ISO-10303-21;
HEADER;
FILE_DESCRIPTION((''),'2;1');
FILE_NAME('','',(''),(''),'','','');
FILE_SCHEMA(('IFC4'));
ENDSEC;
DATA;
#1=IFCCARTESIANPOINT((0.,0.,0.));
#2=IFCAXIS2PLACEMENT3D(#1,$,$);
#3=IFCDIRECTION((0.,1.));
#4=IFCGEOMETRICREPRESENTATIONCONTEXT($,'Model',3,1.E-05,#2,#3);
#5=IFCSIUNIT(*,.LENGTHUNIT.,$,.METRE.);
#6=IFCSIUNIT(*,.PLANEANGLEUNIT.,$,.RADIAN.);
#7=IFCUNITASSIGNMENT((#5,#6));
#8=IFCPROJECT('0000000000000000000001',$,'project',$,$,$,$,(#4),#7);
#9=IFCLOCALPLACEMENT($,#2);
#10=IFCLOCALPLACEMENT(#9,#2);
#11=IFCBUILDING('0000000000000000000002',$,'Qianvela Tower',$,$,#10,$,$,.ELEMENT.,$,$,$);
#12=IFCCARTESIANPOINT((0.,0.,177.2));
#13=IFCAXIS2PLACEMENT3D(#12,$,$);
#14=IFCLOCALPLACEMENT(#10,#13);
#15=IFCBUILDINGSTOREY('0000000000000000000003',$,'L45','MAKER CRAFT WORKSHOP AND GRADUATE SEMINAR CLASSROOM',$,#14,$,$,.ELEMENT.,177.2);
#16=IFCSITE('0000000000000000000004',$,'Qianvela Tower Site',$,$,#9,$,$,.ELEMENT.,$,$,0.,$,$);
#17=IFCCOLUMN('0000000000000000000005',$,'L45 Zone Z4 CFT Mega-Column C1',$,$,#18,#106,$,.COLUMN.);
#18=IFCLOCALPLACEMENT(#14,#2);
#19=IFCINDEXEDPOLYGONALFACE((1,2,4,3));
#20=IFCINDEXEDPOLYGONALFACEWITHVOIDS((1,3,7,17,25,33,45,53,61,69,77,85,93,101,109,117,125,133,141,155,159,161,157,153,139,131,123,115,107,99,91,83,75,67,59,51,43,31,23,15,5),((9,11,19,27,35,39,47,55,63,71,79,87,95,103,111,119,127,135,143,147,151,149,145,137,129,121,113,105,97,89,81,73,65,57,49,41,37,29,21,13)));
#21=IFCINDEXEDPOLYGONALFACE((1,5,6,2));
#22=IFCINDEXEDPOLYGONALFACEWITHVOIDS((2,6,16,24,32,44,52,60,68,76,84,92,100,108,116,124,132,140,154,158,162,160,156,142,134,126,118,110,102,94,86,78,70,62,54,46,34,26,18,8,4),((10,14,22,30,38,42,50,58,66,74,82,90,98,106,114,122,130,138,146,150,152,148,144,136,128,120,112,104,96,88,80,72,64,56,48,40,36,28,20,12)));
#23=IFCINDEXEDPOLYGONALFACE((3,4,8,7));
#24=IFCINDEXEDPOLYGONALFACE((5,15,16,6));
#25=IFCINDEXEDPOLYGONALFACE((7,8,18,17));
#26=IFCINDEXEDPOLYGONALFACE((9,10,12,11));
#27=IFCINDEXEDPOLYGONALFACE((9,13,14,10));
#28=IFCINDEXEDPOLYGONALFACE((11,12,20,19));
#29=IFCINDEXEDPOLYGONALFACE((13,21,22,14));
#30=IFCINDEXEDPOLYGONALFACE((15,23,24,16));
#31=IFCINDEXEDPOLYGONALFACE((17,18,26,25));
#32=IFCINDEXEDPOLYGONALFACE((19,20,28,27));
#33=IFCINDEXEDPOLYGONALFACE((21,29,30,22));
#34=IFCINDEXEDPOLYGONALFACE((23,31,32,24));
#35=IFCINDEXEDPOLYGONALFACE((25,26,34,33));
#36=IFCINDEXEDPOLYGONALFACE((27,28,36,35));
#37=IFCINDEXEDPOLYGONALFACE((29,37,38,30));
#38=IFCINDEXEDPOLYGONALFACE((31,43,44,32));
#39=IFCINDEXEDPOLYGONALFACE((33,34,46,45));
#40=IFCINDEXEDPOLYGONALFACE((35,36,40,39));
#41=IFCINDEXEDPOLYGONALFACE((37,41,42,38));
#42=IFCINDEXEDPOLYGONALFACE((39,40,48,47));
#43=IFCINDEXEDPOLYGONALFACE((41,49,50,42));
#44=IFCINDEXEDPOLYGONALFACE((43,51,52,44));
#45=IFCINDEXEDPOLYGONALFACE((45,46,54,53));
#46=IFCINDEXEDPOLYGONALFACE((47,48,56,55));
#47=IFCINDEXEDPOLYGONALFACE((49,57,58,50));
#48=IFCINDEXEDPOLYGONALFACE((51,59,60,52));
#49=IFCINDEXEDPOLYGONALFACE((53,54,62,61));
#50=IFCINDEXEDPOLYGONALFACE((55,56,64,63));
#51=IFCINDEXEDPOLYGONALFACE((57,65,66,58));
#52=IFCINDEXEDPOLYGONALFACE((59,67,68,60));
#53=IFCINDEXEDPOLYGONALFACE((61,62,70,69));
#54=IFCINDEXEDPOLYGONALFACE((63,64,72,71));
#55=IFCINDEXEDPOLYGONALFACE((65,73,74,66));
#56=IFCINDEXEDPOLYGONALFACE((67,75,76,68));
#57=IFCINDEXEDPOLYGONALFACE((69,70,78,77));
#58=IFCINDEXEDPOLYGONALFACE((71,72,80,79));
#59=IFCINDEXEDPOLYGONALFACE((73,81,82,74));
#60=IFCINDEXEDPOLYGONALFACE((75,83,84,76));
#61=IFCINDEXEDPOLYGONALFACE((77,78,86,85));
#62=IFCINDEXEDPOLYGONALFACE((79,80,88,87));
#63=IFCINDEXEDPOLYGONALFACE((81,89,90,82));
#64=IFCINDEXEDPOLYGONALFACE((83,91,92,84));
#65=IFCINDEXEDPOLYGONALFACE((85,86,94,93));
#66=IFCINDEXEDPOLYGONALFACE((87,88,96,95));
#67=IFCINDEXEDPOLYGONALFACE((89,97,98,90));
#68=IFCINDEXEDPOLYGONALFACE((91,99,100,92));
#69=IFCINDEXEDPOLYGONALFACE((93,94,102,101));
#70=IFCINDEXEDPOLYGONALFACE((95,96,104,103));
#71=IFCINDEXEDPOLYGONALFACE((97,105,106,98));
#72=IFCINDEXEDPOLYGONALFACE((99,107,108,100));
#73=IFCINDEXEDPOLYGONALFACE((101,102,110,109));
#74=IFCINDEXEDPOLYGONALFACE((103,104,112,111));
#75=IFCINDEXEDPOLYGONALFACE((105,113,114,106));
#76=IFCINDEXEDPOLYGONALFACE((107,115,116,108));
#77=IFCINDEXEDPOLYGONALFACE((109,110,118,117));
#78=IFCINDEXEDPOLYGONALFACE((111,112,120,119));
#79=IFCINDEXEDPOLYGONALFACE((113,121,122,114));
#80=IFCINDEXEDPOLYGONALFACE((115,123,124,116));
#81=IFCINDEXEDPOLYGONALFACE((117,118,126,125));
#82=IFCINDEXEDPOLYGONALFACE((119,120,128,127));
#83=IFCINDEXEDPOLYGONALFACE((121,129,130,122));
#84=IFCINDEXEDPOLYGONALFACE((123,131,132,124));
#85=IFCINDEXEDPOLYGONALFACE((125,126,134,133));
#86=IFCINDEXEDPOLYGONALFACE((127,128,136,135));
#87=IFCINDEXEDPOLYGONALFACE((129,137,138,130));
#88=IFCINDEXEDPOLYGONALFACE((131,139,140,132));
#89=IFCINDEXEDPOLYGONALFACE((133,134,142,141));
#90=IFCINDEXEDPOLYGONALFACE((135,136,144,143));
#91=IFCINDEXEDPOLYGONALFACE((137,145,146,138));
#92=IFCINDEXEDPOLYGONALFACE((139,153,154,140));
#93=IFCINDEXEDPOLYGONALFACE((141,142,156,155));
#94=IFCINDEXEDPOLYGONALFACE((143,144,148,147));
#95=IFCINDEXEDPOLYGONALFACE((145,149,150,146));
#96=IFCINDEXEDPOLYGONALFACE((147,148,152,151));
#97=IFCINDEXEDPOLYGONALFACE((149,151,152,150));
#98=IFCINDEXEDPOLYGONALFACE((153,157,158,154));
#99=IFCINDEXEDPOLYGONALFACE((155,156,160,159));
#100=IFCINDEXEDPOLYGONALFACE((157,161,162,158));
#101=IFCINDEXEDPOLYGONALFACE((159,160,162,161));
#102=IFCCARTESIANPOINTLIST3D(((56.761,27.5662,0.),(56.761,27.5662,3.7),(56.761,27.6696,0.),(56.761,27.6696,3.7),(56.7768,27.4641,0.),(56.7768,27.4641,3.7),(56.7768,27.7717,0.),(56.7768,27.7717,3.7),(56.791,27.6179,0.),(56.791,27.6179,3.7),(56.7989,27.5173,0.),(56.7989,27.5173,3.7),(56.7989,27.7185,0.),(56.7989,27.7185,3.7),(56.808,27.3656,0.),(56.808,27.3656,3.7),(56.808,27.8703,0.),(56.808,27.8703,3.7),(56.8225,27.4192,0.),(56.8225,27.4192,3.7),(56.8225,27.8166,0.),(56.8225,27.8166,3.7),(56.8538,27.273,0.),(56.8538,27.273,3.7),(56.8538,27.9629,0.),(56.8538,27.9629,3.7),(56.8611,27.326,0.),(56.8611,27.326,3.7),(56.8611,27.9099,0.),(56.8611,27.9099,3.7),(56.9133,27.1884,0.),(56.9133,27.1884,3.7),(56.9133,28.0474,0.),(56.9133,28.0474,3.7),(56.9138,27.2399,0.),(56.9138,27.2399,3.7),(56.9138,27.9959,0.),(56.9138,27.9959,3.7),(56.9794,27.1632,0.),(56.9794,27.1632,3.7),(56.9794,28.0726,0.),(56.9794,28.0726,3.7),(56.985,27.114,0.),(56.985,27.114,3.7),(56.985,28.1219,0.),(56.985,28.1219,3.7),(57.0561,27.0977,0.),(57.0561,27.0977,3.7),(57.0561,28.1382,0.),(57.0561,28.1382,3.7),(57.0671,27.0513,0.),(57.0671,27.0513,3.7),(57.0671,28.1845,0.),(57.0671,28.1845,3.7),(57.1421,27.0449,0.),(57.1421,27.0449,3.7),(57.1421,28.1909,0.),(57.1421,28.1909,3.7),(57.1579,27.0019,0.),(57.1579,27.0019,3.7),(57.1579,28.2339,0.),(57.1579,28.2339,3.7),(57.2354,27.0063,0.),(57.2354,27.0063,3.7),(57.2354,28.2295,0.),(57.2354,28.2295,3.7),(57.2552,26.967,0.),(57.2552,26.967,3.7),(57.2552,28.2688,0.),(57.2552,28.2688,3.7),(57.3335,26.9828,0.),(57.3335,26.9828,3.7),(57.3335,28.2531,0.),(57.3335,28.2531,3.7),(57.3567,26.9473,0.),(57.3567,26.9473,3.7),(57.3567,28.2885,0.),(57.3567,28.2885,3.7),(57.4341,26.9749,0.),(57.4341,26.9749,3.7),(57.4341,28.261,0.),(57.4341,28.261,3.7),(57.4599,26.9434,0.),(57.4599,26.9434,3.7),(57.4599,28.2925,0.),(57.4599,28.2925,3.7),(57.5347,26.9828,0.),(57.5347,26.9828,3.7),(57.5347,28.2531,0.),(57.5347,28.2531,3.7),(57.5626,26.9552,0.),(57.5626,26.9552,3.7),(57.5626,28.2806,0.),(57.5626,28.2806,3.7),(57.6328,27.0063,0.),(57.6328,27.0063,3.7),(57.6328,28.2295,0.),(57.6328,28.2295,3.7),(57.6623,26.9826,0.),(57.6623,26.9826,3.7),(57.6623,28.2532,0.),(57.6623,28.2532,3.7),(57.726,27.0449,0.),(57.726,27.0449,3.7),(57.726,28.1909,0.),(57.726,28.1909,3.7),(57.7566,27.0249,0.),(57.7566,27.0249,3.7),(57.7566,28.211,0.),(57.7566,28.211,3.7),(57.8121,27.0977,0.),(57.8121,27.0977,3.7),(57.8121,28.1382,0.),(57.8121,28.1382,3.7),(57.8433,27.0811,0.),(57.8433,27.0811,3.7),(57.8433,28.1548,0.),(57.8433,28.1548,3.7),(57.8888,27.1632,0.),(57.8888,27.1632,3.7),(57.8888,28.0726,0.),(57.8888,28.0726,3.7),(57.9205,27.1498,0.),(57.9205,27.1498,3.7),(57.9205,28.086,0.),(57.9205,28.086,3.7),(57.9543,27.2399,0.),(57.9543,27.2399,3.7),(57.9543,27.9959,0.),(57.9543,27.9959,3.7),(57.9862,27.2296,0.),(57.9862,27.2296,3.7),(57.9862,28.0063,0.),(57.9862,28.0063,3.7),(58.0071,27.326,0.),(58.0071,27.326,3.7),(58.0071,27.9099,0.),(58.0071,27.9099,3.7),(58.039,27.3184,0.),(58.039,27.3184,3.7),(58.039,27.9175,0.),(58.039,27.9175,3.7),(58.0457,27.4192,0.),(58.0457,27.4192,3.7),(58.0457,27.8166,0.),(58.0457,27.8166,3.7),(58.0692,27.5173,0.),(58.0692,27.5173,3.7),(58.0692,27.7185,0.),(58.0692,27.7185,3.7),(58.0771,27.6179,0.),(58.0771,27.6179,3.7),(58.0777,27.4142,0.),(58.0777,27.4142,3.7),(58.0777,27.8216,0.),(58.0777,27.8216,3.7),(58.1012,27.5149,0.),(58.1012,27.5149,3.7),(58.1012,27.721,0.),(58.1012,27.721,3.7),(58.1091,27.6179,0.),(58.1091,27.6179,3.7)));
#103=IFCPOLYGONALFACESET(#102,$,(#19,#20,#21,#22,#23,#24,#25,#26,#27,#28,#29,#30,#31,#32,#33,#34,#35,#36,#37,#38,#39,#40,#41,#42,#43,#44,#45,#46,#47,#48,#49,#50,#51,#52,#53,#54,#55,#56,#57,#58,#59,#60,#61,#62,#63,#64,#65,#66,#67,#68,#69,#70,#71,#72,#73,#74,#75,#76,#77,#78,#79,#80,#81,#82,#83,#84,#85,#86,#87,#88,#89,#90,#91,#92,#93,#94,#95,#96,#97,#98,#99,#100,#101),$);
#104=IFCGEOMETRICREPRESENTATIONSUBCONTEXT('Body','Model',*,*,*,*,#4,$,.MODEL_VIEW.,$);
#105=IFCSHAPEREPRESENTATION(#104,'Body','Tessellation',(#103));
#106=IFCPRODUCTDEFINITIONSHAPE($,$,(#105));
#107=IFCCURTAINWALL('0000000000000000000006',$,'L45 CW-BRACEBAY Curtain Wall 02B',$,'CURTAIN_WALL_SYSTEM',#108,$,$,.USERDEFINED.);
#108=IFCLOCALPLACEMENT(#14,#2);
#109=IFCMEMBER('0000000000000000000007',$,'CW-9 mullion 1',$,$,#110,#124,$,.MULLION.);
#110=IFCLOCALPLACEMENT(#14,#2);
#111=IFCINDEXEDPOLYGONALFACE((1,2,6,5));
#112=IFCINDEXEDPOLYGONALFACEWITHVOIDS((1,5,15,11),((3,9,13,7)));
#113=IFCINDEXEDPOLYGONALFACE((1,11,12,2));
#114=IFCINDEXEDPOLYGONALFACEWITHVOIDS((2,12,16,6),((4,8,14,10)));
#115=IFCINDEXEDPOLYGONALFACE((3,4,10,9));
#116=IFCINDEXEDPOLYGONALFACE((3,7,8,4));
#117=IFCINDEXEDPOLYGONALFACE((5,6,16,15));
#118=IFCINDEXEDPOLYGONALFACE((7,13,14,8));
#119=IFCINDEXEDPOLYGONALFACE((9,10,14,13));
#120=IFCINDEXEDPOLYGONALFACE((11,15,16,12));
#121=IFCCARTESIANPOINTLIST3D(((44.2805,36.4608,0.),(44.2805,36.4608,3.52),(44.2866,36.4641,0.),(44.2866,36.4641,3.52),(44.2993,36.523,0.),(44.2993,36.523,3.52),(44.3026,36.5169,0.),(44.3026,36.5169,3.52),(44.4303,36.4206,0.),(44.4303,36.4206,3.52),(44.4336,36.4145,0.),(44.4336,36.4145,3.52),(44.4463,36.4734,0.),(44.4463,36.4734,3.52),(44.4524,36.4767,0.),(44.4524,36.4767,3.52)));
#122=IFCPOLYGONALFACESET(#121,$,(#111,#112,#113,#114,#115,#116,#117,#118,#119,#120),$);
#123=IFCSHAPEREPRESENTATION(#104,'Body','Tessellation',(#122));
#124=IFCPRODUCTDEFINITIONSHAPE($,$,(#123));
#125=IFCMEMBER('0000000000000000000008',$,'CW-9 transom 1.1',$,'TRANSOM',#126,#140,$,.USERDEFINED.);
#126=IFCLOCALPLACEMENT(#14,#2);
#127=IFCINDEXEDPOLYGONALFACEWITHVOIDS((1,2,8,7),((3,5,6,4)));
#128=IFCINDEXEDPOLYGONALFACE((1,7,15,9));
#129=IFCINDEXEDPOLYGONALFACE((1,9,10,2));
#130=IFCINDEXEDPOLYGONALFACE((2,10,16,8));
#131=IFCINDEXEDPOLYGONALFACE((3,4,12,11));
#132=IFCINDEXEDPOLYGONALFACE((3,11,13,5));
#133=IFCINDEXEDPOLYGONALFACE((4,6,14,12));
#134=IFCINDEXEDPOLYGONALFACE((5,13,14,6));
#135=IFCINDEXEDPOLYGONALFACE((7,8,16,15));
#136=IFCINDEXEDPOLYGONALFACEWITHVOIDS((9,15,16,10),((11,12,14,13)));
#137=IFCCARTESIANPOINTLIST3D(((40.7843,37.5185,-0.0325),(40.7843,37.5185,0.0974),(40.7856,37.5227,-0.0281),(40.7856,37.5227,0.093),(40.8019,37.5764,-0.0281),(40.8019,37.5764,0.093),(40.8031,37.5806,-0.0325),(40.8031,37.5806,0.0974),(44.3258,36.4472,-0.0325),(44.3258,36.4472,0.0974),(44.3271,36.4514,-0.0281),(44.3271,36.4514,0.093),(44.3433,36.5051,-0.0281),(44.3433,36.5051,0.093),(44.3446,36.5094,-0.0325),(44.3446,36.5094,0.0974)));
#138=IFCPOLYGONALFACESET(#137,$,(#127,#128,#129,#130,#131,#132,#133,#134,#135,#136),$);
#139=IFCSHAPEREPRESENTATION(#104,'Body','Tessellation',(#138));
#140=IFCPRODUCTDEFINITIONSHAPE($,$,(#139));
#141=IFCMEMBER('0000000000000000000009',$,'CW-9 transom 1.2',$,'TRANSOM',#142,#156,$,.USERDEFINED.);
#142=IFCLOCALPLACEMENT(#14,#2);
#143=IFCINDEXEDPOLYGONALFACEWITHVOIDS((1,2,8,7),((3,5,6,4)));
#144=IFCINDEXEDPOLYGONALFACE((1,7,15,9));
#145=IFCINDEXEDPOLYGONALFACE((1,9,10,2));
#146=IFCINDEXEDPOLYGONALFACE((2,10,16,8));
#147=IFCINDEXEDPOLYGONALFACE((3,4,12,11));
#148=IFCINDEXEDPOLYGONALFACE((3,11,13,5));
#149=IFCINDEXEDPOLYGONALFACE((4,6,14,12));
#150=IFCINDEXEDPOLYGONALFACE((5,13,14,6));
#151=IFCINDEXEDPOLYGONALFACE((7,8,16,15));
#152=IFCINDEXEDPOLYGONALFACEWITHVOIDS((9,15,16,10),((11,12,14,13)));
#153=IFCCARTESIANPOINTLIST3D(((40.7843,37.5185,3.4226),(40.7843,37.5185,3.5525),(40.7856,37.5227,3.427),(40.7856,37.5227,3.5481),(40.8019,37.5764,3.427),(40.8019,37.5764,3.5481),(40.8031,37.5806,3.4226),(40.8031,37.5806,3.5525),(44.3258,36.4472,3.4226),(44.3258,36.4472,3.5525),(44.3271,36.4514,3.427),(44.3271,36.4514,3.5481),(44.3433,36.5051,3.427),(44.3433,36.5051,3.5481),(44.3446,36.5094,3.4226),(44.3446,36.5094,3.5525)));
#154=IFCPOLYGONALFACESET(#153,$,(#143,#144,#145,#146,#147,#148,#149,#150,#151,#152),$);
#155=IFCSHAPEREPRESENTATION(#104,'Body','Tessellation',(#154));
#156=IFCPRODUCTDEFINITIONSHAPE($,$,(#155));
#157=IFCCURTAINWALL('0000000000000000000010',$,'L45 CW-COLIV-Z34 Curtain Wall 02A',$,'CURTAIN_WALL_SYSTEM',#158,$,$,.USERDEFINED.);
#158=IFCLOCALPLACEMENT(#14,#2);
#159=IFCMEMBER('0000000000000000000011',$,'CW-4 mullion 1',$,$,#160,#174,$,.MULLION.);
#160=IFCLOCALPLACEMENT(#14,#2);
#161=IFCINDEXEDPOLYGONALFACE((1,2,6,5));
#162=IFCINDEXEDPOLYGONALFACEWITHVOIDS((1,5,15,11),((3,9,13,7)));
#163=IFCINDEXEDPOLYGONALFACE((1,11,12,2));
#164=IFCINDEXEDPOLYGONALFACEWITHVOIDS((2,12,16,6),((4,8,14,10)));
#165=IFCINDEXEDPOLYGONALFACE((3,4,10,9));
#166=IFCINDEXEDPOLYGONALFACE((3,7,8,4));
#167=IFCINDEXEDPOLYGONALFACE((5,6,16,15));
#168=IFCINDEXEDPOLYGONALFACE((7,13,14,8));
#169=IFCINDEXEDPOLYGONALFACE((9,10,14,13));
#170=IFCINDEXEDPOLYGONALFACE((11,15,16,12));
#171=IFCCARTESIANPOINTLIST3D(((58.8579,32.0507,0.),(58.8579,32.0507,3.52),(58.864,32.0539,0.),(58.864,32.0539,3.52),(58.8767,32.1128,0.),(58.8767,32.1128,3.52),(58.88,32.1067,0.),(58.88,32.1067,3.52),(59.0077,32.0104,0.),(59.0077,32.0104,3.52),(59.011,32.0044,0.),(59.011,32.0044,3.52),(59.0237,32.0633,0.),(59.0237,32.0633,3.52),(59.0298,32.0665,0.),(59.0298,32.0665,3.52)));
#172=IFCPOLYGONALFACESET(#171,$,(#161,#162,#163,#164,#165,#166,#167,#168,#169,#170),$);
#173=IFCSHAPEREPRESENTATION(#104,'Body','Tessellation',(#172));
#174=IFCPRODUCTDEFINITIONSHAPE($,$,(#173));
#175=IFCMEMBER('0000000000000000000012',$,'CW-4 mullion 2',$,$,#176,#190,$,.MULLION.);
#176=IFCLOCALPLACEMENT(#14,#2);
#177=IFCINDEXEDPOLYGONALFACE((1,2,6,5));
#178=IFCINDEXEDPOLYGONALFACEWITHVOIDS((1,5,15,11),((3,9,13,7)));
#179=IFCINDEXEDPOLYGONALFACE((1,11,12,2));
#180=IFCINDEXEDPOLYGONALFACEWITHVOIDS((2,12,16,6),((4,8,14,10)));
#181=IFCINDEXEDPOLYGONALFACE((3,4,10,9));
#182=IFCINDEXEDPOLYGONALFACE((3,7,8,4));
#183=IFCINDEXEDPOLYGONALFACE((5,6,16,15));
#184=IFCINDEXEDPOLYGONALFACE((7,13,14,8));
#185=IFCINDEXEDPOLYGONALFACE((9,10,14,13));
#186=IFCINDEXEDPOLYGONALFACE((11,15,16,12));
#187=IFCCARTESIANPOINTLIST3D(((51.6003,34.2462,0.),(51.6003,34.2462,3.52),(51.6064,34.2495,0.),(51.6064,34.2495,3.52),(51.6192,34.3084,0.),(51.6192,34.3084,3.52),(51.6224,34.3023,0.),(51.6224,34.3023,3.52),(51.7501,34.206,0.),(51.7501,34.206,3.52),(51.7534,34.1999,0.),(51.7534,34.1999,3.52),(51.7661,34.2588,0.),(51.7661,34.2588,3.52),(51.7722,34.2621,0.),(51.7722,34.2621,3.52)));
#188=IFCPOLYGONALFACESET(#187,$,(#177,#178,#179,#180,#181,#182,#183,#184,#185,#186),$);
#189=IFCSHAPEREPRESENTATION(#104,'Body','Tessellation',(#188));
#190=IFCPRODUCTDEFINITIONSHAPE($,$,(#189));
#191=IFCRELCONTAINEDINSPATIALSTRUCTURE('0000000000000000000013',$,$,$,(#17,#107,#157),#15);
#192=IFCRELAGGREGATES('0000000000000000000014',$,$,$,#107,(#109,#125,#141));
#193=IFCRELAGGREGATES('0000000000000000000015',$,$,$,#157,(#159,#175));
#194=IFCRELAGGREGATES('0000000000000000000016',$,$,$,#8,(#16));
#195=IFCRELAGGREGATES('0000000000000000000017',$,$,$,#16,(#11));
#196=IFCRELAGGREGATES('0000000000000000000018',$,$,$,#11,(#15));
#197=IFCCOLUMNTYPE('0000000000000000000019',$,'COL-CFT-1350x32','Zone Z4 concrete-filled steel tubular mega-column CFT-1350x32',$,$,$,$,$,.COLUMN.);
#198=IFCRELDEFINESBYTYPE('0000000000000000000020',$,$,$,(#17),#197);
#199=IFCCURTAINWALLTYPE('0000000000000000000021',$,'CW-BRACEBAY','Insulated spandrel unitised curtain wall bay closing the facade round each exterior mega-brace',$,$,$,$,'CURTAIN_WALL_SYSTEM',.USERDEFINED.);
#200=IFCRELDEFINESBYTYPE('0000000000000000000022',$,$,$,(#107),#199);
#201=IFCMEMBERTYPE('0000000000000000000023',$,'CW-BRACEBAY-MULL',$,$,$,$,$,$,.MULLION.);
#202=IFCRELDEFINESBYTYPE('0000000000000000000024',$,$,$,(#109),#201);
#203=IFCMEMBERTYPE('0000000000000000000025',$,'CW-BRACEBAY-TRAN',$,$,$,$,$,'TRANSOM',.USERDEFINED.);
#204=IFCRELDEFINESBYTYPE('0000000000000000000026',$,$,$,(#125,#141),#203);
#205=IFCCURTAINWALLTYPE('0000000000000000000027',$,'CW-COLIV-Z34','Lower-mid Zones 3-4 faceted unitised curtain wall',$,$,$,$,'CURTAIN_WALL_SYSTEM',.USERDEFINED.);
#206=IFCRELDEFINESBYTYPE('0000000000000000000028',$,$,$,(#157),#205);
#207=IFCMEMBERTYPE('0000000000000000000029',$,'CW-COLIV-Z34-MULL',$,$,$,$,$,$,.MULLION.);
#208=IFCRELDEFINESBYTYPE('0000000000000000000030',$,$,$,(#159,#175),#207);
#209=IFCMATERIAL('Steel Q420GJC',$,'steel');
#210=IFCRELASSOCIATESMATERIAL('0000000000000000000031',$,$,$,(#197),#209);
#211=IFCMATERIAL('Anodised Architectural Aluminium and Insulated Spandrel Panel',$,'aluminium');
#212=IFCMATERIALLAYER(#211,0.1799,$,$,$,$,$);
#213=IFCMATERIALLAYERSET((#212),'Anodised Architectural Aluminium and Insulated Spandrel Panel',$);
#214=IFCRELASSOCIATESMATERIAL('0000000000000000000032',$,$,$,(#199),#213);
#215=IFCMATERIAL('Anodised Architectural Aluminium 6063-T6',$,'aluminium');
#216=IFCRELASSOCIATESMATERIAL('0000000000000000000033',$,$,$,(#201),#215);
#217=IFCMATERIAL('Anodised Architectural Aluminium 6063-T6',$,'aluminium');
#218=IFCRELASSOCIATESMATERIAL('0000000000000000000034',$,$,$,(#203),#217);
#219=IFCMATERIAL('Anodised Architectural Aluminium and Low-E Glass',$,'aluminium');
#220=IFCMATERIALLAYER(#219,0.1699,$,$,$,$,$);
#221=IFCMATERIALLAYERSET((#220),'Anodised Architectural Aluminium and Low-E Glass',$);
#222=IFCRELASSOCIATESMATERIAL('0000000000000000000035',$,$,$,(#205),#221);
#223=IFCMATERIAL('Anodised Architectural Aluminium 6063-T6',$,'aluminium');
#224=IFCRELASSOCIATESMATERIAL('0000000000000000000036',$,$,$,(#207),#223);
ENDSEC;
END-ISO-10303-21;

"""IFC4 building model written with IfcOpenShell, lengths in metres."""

from ifc_helpers import new_model, si_unit, direction, frame, origin, origin_2d, place, context, subcontext, project, spatial, hollow_rectangle, hollow_circle, extrude, material, layer, layer_set, material_profile, profile_set, type_object, element, aggregate, save


model = new_model("IFC4")

# Units and contexts
model_context = context("Model", 3, precision=1e-05, world=origin(), true_north=direction((0.0, 1.0)))
body_context = subcontext(model_context, "Body", "Model", "MODEL_VIEW")
ifc_project = project(units=[si_unit("LENGTHUNIT", "METRE"), si_unit("PLANEANGLEUNIT", "RADIAN")], contexts=[model_context])

# Site, building, storey
site_placement = place(None, origin())
site = spatial("IfcSite", under=ifc_project, at=site_placement, Name="Qianvela Tower Site", CompositionType="ELEMENT", RefElevation=0.0)
building_placement = place(site_placement, origin())
building = spatial("IfcBuilding", under=site, at=building_placement, Name="Qianvela Tower", CompositionType="ELEMENT")
storey_placement = place(building_placement, frame((0.0, 0.0, 177.2)))
storey = spatial("IfcBuildingStorey", under=building, at=storey_placement, Name="L45", Description="MAKER CRAFT WORKSHOP AND GRADUATE SEMINAR CLASSROOM", CompositionType="ELEMENT", Elevation=177.2)

# Column
ifc_material_1 = material(Name="Steel Q420GJC", Category="steel")
ifc_material_profile_1 = material_profile(ifc_material_1, hollow_circle(Radius=0.675, WallThickness=0.032, at=origin_2d()), Name="CFT-1350x32")
ifc_profile_set_1 = profile_set([ifc_material_profile_1], Name="Steel Q420GJC")
column_type = type_object("IfcColumnType", Name="COL-CFT-1350x32", Description="Zone Z4 concrete-filled steel tubular mega-column CFT-1350x32", PredefinedType="COLUMN", material=ifc_profile_set_1)
column_placement = place(storey_placement, frame((57.4341, 27.6179, 0.0), z_axis=(0.0, 0.0, 1.0), x_axis=(1.0, 0.0, 0.0)))
element("IfcColumn", 1, at=column_placement, inside=storey, type_object=column_type, Name="L45 Zone Z4 CFT Mega-Column C1", PredefinedType="COLUMN", context=body_context, shape_type="SweptSolid", body=[
    extrude(hollow_circle(Radius=0.675, WallThickness=0.032, at=origin_2d()), origin(), (0.0, 0.0, 1.0), 3.7),
])

# Curtain wall, members
ifc_material_2 = material(Name="Anodised Architectural Aluminium and Insulated Spandrel Panel", Category="aluminium")
ifc_layer_1 = layer(ifc_material_2, 0.1799)
ifc_layer_set_1 = layer_set([ifc_layer_1], Name="Anodised Architectural Aluminium and Insulated Spandrel Panel")
curtain_wall_type_1 = type_object("IfcCurtainWallType", Name="CW-BRACEBAY", Description="Insulated spandrel unitised curtain wall bay closing the facade round each exterior mega-brace", ElementType="CURTAIN_WALL_SYSTEM", PredefinedType="USERDEFINED", material=ifc_layer_set_1)
curtain_wall_1_placement = place(storey_placement, origin())
curtain_wall_1 = element("IfcCurtainWall", 2, at=curtain_wall_1_placement, inside=storey, type_object=curtain_wall_type_1, Name="L45 CW-BRACEBAY Curtain Wall 02B", ObjectType="CURTAIN_WALL_SYSTEM", PredefinedType="USERDEFINED")
ifc_material_3 = material(Name="Anodised Architectural Aluminium 6063-T6", Category="aluminium")
ifc_material_profile_2 = material_profile(ifc_material_3, hollow_rectangle(XDim=0.0649, YDim=0.1599, WallThickness=0.0049, at=origin_2d()), Name="ALU-MULL-65x160")
ifc_profile_set_2 = profile_set([ifc_material_profile_2], Name="Anodised Architectural Aluminium 6063-T6")
member_type_1 = type_object("IfcMemberType", Name="CW-BRACEBAY-MULL", PredefinedType="MULLION", material=ifc_profile_set_2)
member_1_placement = place(storey_placement, frame((44.3665, 36.4688, 0.0), z_axis=(0.0, 0.0, 1.0), x_axis=(-0.289582, -0.957153, 0.0)))
member_1 = element("IfcMember", 3, at=member_1_placement, type_object=member_type_1, Name="CW-9 mullion 1", PredefinedType="MULLION", context=body_context, shape_type="SweptSolid", body=[
    extrude(hollow_rectangle(XDim=0.0649, YDim=0.1599, WallThickness=0.0049, at=origin_2d()), origin(), (0.0, 0.0, 1.0), 3.52),
])
ifc_material_4 = material(Name="Anodised Architectural Aluminium 6063-T6", Category="aluminium")
ifc_material_profile_3 = material_profile(ifc_material_4, hollow_rectangle(XDim=0.0649, YDim=0.1299, WallThickness=0.0044, at=origin_2d()), Name="ALU-TRAN-65x130")
ifc_profile_set_3 = profile_set([ifc_material_profile_3], Name="Anodised Architectural Aluminium 6063-T6")
member_type_2 = type_object("IfcMemberType", Name="CW-BRACEBAY-TRAN", ElementType="TRANSOM", PredefinedType="USERDEFINED", material=ifc_profile_set_3)
member_2_placement = place(storey_placement, frame((44.3352, 36.4783, 0.0325), z_axis=(-0.957166, 0.289539, 0.0), x_axis=(-0.289539, -0.957166, 0.0)))
member_2 = element("IfcMember", 4, at=member_2_placement, type_object=member_type_2, Name="CW-9 transom 1.1", ObjectType="TRANSOM", PredefinedType="USERDEFINED", context=body_context, shape_type="SweptSolid", body=[
    extrude(hollow_rectangle(XDim=0.0649, YDim=0.1299, WallThickness=0.0044, at=origin_2d()), origin(), (0.0, 0.0, 1.0), 3.7),
])
member_3_placement = place(storey_placement, frame((44.3352, 36.4783, 3.4875), z_axis=(-0.957166, 0.289539, 0.0), x_axis=(-0.289539, -0.957166, 0.0)))
member_3 = element("IfcMember", 5, at=member_3_placement, type_object=member_type_2, Name="CW-9 transom 1.2", ObjectType="TRANSOM", PredefinedType="USERDEFINED", context=body_context, shape_type="SweptSolid", body=[
    extrude(hollow_rectangle(XDim=0.0649, YDim=0.1299, WallThickness=0.0044, at=origin_2d()), origin(), (0.0, 0.0, 1.0), 3.7),
])
aggregate(curtain_wall_1, [member_1, member_2, member_3])

# Curtain wall, members
ifc_material_5 = material(Name="Anodised Architectural Aluminium and Low-E Glass", Category="aluminium")
ifc_layer_2 = layer(ifc_material_5, 0.1699)
ifc_layer_set_2 = layer_set([ifc_layer_2], Name="Anodised Architectural Aluminium and Low-E Glass")
curtain_wall_type_2 = type_object("IfcCurtainWallType", Name="CW-COLIV-Z34", Description="Lower-mid Zones 3-4 faceted unitised curtain wall", ElementType="CURTAIN_WALL_SYSTEM", PredefinedType="USERDEFINED", material=ifc_layer_set_2)
curtain_wall_2_placement = place(storey_placement, origin())
curtain_wall_2 = element("IfcCurtainWall", 6, at=curtain_wall_2_placement, inside=storey, type_object=curtain_wall_type_2, Name="L45 CW-COLIV-Z34 Curtain Wall 02A", ObjectType="CURTAIN_WALL_SYSTEM", PredefinedType="USERDEFINED")
ifc_material_6 = material(Name="Anodised Architectural Aluminium 6063-T6", Category="aluminium")
ifc_material_profile_4 = material_profile(ifc_material_6, hollow_rectangle(XDim=0.0649, YDim=0.1599, WallThickness=0.0049, at=origin_2d()), Name="ALU-MULL-65x160")
ifc_profile_set_4 = profile_set([ifc_material_profile_4], Name="Anodised Architectural Aluminium 6063-T6")
member_type_3 = type_object("IfcMemberType", Name="CW-COLIV-Z34-MULL", PredefinedType="MULLION", material=ifc_profile_set_4)
member_4_placement = place(storey_placement, frame((58.9438, 32.0586, 0.0), z_axis=(0.0, 0.0, 1.0), x_axis=(-0.289581, -0.957154, 0.0)))
member_4 = element("IfcMember", 7, at=member_4_placement, type_object=member_type_3, Name="CW-4 mullion 1", PredefinedType="MULLION", context=body_context, shape_type="SweptSolid", body=[
    extrude(hollow_rectangle(XDim=0.0649, YDim=0.1599, WallThickness=0.0049, at=origin_2d()), origin(), (0.0, 0.0, 1.0), 3.52),
])
member_5_placement = place(storey_placement, frame((51.6863, 34.2542, 0.0), z_axis=(0.0, 0.0, 1.0), x_axis=(-0.289581, -0.957154, 0.0)))
member_5 = element("IfcMember", 8, at=member_5_placement, type_object=member_type_3, Name="CW-4 mullion 2", PredefinedType="MULLION", context=body_context, shape_type="SweptSolid", body=[
    extrude(hollow_rectangle(XDim=0.0649, YDim=0.1599, WallThickness=0.0049, at=origin_2d()), origin(), (0.0, 0.0, 1.0), 3.52),
])
aggregate(curtain_wall_2, [member_4, member_5])

save(model, "model.ifc")
